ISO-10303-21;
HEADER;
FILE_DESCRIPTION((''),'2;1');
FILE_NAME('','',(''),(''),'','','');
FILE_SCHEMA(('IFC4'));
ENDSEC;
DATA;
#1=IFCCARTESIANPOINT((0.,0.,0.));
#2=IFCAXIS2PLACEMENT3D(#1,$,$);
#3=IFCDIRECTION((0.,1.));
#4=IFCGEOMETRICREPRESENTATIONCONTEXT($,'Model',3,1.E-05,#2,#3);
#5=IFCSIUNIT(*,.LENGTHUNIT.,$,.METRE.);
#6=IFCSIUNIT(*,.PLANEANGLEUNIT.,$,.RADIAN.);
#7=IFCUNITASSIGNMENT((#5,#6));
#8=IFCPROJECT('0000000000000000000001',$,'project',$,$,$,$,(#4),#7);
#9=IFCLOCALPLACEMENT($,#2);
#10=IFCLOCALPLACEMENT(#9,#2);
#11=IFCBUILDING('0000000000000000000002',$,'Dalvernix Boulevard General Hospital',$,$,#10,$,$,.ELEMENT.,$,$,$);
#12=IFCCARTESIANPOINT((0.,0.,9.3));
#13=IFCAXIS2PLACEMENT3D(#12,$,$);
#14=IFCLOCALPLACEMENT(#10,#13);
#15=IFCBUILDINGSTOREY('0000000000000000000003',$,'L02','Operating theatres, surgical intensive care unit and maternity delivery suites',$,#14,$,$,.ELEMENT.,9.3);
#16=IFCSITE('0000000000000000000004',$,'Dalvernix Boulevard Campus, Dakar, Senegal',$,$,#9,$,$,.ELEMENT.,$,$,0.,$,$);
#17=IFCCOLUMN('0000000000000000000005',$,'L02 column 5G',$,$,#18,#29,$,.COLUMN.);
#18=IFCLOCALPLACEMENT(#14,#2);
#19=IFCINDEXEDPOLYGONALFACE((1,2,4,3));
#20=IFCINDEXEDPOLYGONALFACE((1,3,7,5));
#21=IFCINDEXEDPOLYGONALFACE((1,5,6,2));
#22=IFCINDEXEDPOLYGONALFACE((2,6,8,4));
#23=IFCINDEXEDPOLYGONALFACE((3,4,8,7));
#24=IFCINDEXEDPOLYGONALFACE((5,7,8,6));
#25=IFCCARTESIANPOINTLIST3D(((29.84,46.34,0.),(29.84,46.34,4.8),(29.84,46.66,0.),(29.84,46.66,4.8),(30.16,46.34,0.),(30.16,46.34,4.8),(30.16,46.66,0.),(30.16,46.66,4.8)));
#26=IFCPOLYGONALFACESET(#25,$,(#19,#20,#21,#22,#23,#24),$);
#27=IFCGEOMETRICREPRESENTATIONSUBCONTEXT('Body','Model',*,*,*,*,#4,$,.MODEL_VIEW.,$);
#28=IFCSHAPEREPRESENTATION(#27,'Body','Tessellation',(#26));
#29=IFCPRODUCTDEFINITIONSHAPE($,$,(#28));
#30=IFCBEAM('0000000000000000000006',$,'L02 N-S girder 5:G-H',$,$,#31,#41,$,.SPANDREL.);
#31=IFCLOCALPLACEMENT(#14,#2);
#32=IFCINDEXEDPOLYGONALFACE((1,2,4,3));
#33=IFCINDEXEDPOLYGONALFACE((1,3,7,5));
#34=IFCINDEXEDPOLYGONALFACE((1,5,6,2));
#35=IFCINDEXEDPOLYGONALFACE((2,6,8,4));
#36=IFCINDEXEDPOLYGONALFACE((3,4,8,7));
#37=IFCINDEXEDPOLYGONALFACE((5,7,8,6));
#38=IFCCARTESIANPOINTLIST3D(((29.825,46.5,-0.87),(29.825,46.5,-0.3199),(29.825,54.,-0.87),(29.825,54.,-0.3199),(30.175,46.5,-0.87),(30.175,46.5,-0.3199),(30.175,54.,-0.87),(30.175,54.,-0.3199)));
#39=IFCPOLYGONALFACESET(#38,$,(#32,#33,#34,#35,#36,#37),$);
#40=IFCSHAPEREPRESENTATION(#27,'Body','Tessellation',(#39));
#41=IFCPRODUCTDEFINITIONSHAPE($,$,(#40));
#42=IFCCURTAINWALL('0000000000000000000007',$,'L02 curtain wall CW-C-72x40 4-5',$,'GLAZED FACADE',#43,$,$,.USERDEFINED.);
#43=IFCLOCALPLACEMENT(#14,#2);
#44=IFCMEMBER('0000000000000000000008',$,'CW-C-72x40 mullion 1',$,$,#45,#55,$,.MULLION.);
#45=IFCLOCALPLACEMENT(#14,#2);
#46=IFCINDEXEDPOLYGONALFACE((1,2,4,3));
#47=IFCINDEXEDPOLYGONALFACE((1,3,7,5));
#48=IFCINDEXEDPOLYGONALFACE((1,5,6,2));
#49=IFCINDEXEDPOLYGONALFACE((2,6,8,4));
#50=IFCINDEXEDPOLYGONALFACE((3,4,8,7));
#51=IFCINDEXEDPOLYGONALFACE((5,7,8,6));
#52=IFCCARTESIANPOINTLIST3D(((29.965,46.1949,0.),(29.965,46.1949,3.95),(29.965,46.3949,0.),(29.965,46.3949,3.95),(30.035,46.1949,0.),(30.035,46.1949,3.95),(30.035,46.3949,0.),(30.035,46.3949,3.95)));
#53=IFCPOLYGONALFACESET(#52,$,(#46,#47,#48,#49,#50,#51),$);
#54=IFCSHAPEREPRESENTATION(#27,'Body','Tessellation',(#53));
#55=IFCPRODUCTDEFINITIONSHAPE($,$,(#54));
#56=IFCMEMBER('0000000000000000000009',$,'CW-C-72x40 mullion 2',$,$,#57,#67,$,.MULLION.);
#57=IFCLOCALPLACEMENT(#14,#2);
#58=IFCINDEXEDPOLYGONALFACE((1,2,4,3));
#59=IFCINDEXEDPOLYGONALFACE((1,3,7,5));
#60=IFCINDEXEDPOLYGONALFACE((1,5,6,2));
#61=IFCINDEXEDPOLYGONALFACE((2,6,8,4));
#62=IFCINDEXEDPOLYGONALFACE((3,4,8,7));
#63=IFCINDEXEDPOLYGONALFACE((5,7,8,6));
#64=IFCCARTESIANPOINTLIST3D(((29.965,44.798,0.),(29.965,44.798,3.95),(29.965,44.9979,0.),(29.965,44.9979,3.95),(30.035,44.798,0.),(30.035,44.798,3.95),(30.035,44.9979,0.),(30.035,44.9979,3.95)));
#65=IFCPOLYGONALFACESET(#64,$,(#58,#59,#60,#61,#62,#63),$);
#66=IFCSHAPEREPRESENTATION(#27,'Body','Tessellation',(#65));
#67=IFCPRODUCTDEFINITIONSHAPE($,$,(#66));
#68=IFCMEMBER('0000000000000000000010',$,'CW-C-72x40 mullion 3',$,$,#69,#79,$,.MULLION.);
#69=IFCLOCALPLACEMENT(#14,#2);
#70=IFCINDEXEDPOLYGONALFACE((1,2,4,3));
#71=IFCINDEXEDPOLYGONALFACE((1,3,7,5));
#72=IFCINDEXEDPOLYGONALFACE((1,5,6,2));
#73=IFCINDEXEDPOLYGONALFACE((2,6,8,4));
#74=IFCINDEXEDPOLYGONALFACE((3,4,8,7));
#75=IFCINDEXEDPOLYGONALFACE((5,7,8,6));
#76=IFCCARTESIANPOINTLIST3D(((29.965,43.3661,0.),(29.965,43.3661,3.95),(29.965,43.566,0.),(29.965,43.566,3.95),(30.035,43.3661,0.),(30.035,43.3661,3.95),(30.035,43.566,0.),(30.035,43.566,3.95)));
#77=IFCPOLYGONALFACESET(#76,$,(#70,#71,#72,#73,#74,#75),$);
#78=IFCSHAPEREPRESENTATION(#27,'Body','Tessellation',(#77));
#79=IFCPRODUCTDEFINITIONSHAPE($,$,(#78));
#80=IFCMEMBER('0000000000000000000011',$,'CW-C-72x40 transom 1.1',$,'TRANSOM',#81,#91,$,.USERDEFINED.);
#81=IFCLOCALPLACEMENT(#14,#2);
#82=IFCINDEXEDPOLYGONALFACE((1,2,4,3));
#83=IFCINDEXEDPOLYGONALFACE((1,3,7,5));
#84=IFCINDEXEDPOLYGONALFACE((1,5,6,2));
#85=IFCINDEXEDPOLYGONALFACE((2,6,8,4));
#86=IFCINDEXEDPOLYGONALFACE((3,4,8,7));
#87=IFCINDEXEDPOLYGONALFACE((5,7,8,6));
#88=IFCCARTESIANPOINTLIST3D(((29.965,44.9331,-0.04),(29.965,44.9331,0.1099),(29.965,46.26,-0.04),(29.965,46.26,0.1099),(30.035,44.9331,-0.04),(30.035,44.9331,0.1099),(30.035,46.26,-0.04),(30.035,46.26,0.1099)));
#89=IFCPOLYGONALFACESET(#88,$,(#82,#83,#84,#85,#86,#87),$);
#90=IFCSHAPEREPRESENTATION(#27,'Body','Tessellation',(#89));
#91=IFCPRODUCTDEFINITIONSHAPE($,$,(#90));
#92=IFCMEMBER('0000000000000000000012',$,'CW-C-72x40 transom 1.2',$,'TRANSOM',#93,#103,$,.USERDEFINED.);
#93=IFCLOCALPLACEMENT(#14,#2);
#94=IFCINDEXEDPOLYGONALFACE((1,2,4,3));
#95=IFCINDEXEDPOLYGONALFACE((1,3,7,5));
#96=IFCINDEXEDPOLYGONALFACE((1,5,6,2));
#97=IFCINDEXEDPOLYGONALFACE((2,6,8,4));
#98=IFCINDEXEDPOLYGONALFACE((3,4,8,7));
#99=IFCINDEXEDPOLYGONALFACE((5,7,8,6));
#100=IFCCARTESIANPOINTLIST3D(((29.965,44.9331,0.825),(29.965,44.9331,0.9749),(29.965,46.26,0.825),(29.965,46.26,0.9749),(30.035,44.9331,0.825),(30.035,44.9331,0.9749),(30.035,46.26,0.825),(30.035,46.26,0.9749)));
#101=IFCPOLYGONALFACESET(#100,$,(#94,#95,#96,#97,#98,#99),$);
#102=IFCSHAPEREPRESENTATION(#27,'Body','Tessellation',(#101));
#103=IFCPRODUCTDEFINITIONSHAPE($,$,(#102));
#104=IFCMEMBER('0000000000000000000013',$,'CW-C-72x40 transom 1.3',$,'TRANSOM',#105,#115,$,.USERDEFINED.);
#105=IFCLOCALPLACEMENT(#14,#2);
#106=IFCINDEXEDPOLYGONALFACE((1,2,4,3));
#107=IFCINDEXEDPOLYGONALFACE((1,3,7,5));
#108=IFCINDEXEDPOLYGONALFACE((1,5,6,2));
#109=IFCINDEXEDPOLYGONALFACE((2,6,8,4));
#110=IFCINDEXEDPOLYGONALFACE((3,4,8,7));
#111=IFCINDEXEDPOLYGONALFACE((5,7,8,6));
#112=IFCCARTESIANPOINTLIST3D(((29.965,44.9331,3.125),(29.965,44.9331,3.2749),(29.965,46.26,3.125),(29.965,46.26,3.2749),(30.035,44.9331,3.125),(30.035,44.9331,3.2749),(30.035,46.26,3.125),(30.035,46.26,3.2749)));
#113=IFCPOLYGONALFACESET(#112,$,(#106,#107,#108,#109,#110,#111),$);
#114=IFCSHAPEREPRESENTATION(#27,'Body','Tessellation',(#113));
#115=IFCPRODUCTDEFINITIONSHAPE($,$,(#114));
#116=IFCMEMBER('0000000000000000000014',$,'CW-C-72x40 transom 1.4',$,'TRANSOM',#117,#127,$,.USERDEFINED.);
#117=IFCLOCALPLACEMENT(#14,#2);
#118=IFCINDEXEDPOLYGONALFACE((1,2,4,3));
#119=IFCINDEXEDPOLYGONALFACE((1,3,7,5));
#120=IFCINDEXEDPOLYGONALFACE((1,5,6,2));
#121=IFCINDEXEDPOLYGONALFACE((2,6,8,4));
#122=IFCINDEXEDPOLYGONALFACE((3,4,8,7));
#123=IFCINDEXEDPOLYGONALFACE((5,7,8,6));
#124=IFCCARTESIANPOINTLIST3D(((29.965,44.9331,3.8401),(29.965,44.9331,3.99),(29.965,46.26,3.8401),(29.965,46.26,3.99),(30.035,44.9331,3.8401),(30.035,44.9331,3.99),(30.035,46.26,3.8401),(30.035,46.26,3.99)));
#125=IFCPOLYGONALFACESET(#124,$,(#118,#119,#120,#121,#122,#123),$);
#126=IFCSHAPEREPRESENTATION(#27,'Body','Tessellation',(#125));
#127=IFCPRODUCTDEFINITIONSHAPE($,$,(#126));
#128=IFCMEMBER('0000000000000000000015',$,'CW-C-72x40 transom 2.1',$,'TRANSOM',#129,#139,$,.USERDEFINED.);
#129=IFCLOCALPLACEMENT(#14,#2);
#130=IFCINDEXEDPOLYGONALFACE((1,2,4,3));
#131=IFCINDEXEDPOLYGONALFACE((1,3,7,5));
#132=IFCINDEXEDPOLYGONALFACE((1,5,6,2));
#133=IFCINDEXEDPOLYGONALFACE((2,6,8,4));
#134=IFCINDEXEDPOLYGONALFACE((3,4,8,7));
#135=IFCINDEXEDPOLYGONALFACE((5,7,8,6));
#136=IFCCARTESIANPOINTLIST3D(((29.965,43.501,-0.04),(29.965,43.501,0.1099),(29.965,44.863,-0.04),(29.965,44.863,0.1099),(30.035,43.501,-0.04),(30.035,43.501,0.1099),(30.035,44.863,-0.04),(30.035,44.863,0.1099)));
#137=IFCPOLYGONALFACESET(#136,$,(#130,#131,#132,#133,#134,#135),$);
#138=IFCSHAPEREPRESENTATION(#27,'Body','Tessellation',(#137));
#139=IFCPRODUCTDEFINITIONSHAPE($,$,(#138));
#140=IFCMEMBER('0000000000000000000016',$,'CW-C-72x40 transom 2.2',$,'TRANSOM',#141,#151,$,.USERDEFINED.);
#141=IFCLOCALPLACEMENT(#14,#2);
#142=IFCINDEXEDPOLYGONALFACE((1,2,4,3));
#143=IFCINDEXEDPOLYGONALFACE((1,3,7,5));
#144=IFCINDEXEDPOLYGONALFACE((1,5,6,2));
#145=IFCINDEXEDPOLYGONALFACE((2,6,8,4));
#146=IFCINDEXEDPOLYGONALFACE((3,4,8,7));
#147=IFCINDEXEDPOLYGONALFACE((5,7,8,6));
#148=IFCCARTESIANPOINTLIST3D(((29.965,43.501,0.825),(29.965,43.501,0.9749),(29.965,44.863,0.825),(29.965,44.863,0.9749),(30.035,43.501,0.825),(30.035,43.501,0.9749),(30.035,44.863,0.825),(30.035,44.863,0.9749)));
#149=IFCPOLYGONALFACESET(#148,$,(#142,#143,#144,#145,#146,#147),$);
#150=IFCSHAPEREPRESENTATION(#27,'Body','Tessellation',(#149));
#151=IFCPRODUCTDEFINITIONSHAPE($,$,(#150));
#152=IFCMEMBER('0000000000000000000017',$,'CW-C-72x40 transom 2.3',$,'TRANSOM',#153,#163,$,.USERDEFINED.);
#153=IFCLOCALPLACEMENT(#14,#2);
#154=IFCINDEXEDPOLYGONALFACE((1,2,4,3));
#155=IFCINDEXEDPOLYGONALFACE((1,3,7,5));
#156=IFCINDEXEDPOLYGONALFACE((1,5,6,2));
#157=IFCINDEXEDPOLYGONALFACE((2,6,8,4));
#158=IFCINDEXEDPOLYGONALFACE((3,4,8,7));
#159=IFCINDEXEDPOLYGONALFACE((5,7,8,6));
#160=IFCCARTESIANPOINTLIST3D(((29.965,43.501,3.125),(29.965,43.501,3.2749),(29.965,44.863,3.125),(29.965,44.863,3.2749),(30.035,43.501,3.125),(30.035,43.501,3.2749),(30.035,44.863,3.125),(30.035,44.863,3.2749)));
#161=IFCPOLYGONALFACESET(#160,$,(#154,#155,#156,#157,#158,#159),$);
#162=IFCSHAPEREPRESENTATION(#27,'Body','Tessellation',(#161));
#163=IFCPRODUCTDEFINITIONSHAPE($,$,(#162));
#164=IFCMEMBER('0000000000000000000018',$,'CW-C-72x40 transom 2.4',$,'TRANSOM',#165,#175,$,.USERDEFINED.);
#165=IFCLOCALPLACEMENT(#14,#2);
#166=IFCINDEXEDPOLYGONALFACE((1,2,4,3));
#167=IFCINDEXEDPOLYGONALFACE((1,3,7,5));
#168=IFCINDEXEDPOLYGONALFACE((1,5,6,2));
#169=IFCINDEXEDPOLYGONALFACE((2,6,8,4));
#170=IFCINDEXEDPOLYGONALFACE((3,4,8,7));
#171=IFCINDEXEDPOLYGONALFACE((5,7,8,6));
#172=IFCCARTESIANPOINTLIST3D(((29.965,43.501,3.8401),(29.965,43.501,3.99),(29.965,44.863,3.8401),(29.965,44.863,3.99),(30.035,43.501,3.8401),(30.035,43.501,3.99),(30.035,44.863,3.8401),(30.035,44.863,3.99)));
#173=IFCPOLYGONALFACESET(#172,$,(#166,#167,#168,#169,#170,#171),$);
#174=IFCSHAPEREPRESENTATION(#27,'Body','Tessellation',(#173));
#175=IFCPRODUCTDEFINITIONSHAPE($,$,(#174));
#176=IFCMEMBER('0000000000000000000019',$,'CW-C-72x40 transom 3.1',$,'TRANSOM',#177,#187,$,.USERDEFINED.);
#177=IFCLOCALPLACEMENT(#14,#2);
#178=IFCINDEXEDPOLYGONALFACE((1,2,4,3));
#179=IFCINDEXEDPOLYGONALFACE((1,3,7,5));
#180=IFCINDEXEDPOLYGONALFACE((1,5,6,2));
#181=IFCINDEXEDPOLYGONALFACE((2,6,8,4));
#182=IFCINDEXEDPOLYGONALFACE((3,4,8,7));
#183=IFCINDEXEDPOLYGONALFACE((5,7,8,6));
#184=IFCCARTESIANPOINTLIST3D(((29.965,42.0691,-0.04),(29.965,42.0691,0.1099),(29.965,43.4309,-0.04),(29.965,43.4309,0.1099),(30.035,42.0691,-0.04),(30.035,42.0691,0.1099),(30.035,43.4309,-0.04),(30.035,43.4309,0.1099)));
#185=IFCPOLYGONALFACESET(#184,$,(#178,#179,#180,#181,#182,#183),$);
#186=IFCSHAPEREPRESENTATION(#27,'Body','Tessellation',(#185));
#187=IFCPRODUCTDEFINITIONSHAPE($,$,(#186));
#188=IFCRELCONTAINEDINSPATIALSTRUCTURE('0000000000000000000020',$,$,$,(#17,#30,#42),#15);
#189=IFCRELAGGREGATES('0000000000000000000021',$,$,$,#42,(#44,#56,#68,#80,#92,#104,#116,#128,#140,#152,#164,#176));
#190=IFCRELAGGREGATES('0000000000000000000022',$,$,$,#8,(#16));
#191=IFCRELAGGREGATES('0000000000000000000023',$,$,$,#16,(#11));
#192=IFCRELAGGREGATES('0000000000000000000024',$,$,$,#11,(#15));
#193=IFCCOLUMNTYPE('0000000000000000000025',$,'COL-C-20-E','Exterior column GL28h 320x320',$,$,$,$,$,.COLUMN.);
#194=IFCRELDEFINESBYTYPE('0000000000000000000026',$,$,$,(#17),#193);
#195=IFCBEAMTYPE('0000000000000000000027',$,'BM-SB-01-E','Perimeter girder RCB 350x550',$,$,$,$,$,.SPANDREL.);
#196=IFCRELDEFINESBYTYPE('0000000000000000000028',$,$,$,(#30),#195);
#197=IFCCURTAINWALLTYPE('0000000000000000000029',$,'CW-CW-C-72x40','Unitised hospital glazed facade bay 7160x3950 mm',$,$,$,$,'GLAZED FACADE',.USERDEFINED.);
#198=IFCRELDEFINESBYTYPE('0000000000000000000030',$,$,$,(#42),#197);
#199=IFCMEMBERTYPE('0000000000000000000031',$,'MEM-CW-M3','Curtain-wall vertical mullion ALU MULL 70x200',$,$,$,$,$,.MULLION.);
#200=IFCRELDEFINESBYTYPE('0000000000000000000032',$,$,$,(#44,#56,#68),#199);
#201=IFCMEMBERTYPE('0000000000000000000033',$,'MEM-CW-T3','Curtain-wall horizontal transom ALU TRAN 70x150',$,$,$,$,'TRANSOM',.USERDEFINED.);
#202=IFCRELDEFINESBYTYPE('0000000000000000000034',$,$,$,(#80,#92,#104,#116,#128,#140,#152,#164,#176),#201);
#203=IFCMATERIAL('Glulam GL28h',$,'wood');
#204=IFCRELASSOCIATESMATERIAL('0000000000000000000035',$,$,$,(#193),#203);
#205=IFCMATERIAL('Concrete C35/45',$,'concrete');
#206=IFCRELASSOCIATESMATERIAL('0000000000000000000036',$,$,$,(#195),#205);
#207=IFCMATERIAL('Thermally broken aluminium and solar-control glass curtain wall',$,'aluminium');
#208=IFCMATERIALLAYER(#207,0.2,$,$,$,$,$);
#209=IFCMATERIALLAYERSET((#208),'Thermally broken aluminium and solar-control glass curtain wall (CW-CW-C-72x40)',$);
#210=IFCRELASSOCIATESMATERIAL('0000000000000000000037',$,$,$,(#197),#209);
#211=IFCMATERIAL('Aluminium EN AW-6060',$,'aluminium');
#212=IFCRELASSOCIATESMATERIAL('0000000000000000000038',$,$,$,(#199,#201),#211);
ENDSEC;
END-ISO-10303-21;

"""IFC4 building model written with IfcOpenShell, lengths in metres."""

from ifc_helpers import new_model, si_unit, direction, frame, origin, origin_2d, place, context, subcontext, project, spatial, rectangle, extrude, material, layer, layer_set, material_profile, profile_set, type_object, element, aggregate, save


model = new_model("IFC4")

# Units and contexts
model_context = context("Model", 3, precision=1e-05, world=origin(), true_north=direction((0.0, 1.0)))
body_context = subcontext(model_context, "Body", "Model", "MODEL_VIEW")
ifc_project = project(units=[si_unit("LENGTHUNIT", "METRE"), si_unit("PLANEANGLEUNIT", "RADIAN")], contexts=[model_context])

# Site, building, storey
site_placement = place(None, origin())
site = spatial("IfcSite", under=ifc_project, at=site_placement, Name="Dalvernix Boulevard Campus, Dakar, Senegal", CompositionType="ELEMENT", RefElevation=0.0)
building_placement = place(site_placement, origin())
building = spatial("IfcBuilding", under=site, at=building_placement, Name="Dalvernix Boulevard General Hospital", CompositionType="ELEMENT")
storey_placement = place(building_placement, frame((0.0, 0.0, 9.3)))
storey = spatial("IfcBuildingStorey", under=building, at=storey_placement, Name="L02", Description="Operating theatres, surgical intensive care unit and maternity delivery suites", CompositionType="ELEMENT", Elevation=9.3)

# Column
ifc_material_1 = material(Name="Glulam GL28h", Category="wood")
ifc_material_profile_1 = material_profile(ifc_material_1, rectangle(XDim=0.3201, YDim=0.3201, at=origin_2d()), Name="GL28h 320x320")
ifc_profile_set_1 = profile_set([ifc_material_profile_1], Name="Glulam GL28h")
column_type = type_object("IfcColumnType", Name="COL-C-20-E", Description="Exterior column GL28h 320x320", PredefinedType="COLUMN", material=ifc_profile_set_1)
column_placement = place(storey_placement, frame((30.0, 46.5, 0.0), z_axis=(0.0, 0.0, 1.0), x_axis=(1.0, 0.0, 0.0)))
element("IfcColumn", 1, at=column_placement, inside=storey, type_object=column_type, Name="L02 column 5G", PredefinedType="COLUMN", context=body_context, shape_type="SweptSolid", body=[
    extrude(rectangle(XDim=0.3201, YDim=0.3201, at=origin_2d()), origin(), (0.0, 0.0, 1.0), 4.8),
])

# Beam
ifc_material_2 = material(Name="Concrete C35/45", Category="concrete")
ifc_material_profile_2 = material_profile(ifc_material_2, rectangle(XDim=0.3501, YDim=0.55, at=origin_2d()), Name="RCB 350x550")
ifc_profile_set_2 = profile_set([ifc_material_profile_2], Name="Concrete C35/45")
beam_type = type_object("IfcBeamType", Name="BM-SB-01-E", Description="Perimeter girder RCB 350x550", PredefinedType="SPANDREL", material=ifc_profile_set_2)
beam_placement = place(storey_placement, frame((30.0, 46.5, -0.595), z_axis=(0.0, 1.0, 0.0), x_axis=(-1.0, 0.0, 0.0)))
element("IfcBeam", 2, at=beam_placement, inside=storey, type_object=beam_type, Name="L02 N-S girder 5:G-H", PredefinedType="SPANDREL", context=body_context, shape_type="SweptSolid", body=[
    extrude(rectangle(XDim=0.3501, YDim=0.55, at=origin_2d()), origin(), (0.0, 0.0, 1.0), 7.5),
])

# Curtain wall, members
ifc_material_3 = material(Name="Thermally broken aluminium and solar-control glass curtain wall", Category="aluminium")
ifc_layer_1 = layer(ifc_material_3, 0.2)
ifc_layer_set_1 = layer_set([ifc_layer_1], Name="Thermally broken aluminium and solar-control glass curtain wall (CW-CW-C-72x40)")
curtain_wall_type = type_object("IfcCurtainWallType", Name="CW-CW-C-72x40", Description="Unitised hospital glazed facade bay 7160x3950 mm", ElementType="GLAZED FACADE", PredefinedType="USERDEFINED", material=ifc_layer_set_1)
curtain_wall_placement = place(storey_placement, origin())
curtain_wall = element("IfcCurtainWall", 3, at=curtain_wall_placement, inside=storey, type_object=curtain_wall_type, Name="L02 curtain wall CW-C-72x40 4-5", ObjectType="GLAZED FACADE", PredefinedType="USERDEFINED")
ifc_material_4 = material(Name="Aluminium EN AW-6060", Category="aluminium")
ifc_material_profile_3 = material_profile(ifc_material_4, rectangle(XDim=0.0701, YDim=0.2, at=origin_2d()), Name="ALU MULL 70x200")
ifc_profile_set_3 = profile_set([ifc_material_profile_3], Name="Aluminium EN AW-6060")
member_type_1 = type_object("IfcMemberType", Name="MEM-CW-M3", Description="Curtain-wall vertical mullion ALU MULL 70x200", PredefinedType="MULLION", material=ifc_profile_set_3)
member_1_placement = place(storey_placement, frame((30.0, 46.2949, 0.0), z_axis=(0.0, 0.0, 1.0), x_axis=(1.0, 0.0, 0.0)))
member_1 = element("IfcMember", 4, at=member_1_placement, type_object=member_type_1, Name="CW-C-72x40 mullion 1", PredefinedType="MULLION", context=body_context, shape_type="SweptSolid", body=[
    extrude(rectangle(XDim=0.0701, YDim=0.2, at=origin_2d()), origin(), (0.0, 0.0, 1.0), 3.95),
])
member_2_placement = place(storey_placement, frame((30.0, 44.8979, 0.0), z_axis=(0.0, 0.0, 1.0), x_axis=(1.0, 0.0, 0.0)))
member_2 = element("IfcMember", 5, at=member_2_placement, type_object=member_type_1, Name="CW-C-72x40 mullion 2", PredefinedType="MULLION", context=body_context, shape_type="SweptSolid", body=[
    extrude(rectangle(XDim=0.0701, YDim=0.2, at=origin_2d()), origin(), (0.0, 0.0, 1.0), 3.95),
])
member_3_placement = place(storey_placement, frame((30.0, 43.4661, 0.0), z_axis=(0.0, 0.0, 1.0), x_axis=(1.0, 0.0, 0.0)))
member_3 = element("IfcMember", 6, at=member_3_placement, type_object=member_type_1, Name="CW-C-72x40 mullion 3", PredefinedType="MULLION", context=body_context, shape_type="SweptSolid", body=[
    extrude(rectangle(XDim=0.0701, YDim=0.2, at=origin_2d()), origin(), (0.0, 0.0, 1.0), 3.95),
])
ifc_material_profile_4 = material_profile(ifc_material_4, rectangle(XDim=0.0701, YDim=0.1499, at=origin_2d()), Name="ALU TRAN 70x150")
ifc_profile_set_4 = profile_set([ifc_material_profile_4], Name="Aluminium EN AW-6060")
member_type_2 = type_object("IfcMemberType", Name="MEM-CW-T3", Description="Curtain-wall horizontal transom ALU TRAN 70x150", ElementType="TRANSOM", PredefinedType="USERDEFINED", material=ifc_profile_set_4)
member_4_placement = place(storey_placement, frame((30.0, 46.26, 0.0349), z_axis=(0.0, -1.0, 0.0), x_axis=(1.0, 0.0, 0.0)))
member_4 = element("IfcMember", 7, at=member_4_placement, type_object=member_type_2, Name="CW-C-72x40 transom 1.1", ObjectType="TRANSOM", PredefinedType="USERDEFINED", context=body_context, shape_type="SweptSolid", body=[
    extrude(rectangle(XDim=0.0701, YDim=0.1499, at=origin_2d()), origin(), (0.0, 0.0, 1.0), 1.3269),
])
member_5_placement = place(storey_placement, frame((30.0, 46.26, 0.8999), z_axis=(0.0, -1.0, 0.0), x_axis=(1.0, 0.0, 0.0)))
member_5 = element("IfcMember", 8, at=member_5_placement, type_object=member_type_2, Name="CW-C-72x40 transom 1.2", ObjectType="TRANSOM", PredefinedType="USERDEFINED", context=body_context, shape_type="SweptSolid", body=[
    extrude(rectangle(XDim=0.0701, YDim=0.1499, at=origin_2d()), origin(), (0.0, 0.0, 1.0), 1.3269),
])
member_6_placement = place(storey_placement, frame((30.0, 46.26, 3.2), z_axis=(0.0, -1.0, 0.0), x_axis=(1.0, 0.0, 0.0)))
member_6 = element("IfcMember", 9, at=member_6_placement, type_object=member_type_2, Name="CW-C-72x40 transom 1.3", ObjectType="TRANSOM", PredefinedType="USERDEFINED", context=body_context, shape_type="SweptSolid", body=[
    extrude(rectangle(XDim=0.0701, YDim=0.1499, at=origin_2d()), origin(), (0.0, 0.0, 1.0), 1.3269),
])
member_7_placement = place(storey_placement, frame((30.0, 46.26, 3.915), z_axis=(0.0, -1.0, 0.0), x_axis=(1.0, 0.0, 0.0)))
member_7 = element("IfcMember", 10, at=member_7_placement, type_object=member_type_2, Name="CW-C-72x40 transom 1.4", ObjectType="TRANSOM", PredefinedType="USERDEFINED", context=body_context, shape_type="SweptSolid", body=[
    extrude(rectangle(XDim=0.0701, YDim=0.1499, at=origin_2d()), origin(), (0.0, 0.0, 1.0), 1.3269),
])
member_8_placement = place(storey_placement, frame((30.0, 44.863, 0.0349), z_axis=(0.0, -1.0, 0.0), x_axis=(1.0, 0.0, 0.0)))
member_8 = element("IfcMember", 11, at=member_8_placement, type_object=member_type_2, Name="CW-C-72x40 transom 2.1", ObjectType="TRANSOM", PredefinedType="USERDEFINED", context=body_context, shape_type="SweptSolid", body=[
    extrude(rectangle(XDim=0.0701, YDim=0.1499, at=origin_2d()), origin(), (0.0, 0.0, 1.0), 1.3621),
])
member_9_placement = place(storey_placement, frame((30.0, 44.863, 0.8999), z_axis=(0.0, -1.0, 0.0), x_axis=(1.0, 0.0, 0.0)))
member_9 = element("IfcMember", 12, at=member_9_placement, type_object=member_type_2, Name="CW-C-72x40 transom 2.2", ObjectType="TRANSOM", PredefinedType="USERDEFINED", context=body_context, shape_type="SweptSolid", body=[
    extrude(rectangle(XDim=0.0701, YDim=0.1499, at=origin_2d()), origin(), (0.0, 0.0, 1.0), 1.3621),
])
member_10_placement = place(storey_placement, frame((30.0, 44.863, 3.2), z_axis=(0.0, -1.0, 0.0), x_axis=(1.0, 0.0, 0.0)))
member_10 = element("IfcMember", 13, at=member_10_placement, type_object=member_type_2, Name="CW-C-72x40 transom 2.3", ObjectType="TRANSOM", PredefinedType="USERDEFINED", context=body_context, shape_type="SweptSolid", body=[
    extrude(rectangle(XDim=0.0701, YDim=0.1499, at=origin_2d()), origin(), (0.0, 0.0, 1.0), 1.3621),
])
member_11_placement = place(storey_placement, frame((30.0, 44.863, 3.915), z_axis=(0.0, -1.0, 0.0), x_axis=(1.0, 0.0, 0.0)))
member_11 = element("IfcMember", 14, at=member_11_placement, type_object=member_type_2, Name="CW-C-72x40 transom 2.4", ObjectType="TRANSOM", PredefinedType="USERDEFINED", context=body_context, shape_type="SweptSolid", body=[
    extrude(rectangle(XDim=0.0701, YDim=0.1499, at=origin_2d()), origin(), (0.0, 0.0, 1.0), 1.3621),
])
member_12_placement = place(storey_placement, frame((30.0, 43.4309, 0.0349), z_axis=(0.0, -1.0, 0.0), x_axis=(1.0, 0.0, 0.0)))
member_12 = element("IfcMember", 15, at=member_12_placement, type_object=member_type_2, Name="CW-C-72x40 transom 3.1", ObjectType="TRANSOM", PredefinedType="USERDEFINED", context=body_context, shape_type="SweptSolid", body=[
    extrude(rectangle(XDim=0.0701, YDim=0.1499, at=origin_2d()), origin(), (0.0, 0.0, 1.0), 1.3618),
])
aggregate(curtain_wall, [member_1, member_2, member_3, member_4, member_5, member_6, member_7, member_8, member_9, member_10, member_11, member_12])

save(model, "model.ifc")
